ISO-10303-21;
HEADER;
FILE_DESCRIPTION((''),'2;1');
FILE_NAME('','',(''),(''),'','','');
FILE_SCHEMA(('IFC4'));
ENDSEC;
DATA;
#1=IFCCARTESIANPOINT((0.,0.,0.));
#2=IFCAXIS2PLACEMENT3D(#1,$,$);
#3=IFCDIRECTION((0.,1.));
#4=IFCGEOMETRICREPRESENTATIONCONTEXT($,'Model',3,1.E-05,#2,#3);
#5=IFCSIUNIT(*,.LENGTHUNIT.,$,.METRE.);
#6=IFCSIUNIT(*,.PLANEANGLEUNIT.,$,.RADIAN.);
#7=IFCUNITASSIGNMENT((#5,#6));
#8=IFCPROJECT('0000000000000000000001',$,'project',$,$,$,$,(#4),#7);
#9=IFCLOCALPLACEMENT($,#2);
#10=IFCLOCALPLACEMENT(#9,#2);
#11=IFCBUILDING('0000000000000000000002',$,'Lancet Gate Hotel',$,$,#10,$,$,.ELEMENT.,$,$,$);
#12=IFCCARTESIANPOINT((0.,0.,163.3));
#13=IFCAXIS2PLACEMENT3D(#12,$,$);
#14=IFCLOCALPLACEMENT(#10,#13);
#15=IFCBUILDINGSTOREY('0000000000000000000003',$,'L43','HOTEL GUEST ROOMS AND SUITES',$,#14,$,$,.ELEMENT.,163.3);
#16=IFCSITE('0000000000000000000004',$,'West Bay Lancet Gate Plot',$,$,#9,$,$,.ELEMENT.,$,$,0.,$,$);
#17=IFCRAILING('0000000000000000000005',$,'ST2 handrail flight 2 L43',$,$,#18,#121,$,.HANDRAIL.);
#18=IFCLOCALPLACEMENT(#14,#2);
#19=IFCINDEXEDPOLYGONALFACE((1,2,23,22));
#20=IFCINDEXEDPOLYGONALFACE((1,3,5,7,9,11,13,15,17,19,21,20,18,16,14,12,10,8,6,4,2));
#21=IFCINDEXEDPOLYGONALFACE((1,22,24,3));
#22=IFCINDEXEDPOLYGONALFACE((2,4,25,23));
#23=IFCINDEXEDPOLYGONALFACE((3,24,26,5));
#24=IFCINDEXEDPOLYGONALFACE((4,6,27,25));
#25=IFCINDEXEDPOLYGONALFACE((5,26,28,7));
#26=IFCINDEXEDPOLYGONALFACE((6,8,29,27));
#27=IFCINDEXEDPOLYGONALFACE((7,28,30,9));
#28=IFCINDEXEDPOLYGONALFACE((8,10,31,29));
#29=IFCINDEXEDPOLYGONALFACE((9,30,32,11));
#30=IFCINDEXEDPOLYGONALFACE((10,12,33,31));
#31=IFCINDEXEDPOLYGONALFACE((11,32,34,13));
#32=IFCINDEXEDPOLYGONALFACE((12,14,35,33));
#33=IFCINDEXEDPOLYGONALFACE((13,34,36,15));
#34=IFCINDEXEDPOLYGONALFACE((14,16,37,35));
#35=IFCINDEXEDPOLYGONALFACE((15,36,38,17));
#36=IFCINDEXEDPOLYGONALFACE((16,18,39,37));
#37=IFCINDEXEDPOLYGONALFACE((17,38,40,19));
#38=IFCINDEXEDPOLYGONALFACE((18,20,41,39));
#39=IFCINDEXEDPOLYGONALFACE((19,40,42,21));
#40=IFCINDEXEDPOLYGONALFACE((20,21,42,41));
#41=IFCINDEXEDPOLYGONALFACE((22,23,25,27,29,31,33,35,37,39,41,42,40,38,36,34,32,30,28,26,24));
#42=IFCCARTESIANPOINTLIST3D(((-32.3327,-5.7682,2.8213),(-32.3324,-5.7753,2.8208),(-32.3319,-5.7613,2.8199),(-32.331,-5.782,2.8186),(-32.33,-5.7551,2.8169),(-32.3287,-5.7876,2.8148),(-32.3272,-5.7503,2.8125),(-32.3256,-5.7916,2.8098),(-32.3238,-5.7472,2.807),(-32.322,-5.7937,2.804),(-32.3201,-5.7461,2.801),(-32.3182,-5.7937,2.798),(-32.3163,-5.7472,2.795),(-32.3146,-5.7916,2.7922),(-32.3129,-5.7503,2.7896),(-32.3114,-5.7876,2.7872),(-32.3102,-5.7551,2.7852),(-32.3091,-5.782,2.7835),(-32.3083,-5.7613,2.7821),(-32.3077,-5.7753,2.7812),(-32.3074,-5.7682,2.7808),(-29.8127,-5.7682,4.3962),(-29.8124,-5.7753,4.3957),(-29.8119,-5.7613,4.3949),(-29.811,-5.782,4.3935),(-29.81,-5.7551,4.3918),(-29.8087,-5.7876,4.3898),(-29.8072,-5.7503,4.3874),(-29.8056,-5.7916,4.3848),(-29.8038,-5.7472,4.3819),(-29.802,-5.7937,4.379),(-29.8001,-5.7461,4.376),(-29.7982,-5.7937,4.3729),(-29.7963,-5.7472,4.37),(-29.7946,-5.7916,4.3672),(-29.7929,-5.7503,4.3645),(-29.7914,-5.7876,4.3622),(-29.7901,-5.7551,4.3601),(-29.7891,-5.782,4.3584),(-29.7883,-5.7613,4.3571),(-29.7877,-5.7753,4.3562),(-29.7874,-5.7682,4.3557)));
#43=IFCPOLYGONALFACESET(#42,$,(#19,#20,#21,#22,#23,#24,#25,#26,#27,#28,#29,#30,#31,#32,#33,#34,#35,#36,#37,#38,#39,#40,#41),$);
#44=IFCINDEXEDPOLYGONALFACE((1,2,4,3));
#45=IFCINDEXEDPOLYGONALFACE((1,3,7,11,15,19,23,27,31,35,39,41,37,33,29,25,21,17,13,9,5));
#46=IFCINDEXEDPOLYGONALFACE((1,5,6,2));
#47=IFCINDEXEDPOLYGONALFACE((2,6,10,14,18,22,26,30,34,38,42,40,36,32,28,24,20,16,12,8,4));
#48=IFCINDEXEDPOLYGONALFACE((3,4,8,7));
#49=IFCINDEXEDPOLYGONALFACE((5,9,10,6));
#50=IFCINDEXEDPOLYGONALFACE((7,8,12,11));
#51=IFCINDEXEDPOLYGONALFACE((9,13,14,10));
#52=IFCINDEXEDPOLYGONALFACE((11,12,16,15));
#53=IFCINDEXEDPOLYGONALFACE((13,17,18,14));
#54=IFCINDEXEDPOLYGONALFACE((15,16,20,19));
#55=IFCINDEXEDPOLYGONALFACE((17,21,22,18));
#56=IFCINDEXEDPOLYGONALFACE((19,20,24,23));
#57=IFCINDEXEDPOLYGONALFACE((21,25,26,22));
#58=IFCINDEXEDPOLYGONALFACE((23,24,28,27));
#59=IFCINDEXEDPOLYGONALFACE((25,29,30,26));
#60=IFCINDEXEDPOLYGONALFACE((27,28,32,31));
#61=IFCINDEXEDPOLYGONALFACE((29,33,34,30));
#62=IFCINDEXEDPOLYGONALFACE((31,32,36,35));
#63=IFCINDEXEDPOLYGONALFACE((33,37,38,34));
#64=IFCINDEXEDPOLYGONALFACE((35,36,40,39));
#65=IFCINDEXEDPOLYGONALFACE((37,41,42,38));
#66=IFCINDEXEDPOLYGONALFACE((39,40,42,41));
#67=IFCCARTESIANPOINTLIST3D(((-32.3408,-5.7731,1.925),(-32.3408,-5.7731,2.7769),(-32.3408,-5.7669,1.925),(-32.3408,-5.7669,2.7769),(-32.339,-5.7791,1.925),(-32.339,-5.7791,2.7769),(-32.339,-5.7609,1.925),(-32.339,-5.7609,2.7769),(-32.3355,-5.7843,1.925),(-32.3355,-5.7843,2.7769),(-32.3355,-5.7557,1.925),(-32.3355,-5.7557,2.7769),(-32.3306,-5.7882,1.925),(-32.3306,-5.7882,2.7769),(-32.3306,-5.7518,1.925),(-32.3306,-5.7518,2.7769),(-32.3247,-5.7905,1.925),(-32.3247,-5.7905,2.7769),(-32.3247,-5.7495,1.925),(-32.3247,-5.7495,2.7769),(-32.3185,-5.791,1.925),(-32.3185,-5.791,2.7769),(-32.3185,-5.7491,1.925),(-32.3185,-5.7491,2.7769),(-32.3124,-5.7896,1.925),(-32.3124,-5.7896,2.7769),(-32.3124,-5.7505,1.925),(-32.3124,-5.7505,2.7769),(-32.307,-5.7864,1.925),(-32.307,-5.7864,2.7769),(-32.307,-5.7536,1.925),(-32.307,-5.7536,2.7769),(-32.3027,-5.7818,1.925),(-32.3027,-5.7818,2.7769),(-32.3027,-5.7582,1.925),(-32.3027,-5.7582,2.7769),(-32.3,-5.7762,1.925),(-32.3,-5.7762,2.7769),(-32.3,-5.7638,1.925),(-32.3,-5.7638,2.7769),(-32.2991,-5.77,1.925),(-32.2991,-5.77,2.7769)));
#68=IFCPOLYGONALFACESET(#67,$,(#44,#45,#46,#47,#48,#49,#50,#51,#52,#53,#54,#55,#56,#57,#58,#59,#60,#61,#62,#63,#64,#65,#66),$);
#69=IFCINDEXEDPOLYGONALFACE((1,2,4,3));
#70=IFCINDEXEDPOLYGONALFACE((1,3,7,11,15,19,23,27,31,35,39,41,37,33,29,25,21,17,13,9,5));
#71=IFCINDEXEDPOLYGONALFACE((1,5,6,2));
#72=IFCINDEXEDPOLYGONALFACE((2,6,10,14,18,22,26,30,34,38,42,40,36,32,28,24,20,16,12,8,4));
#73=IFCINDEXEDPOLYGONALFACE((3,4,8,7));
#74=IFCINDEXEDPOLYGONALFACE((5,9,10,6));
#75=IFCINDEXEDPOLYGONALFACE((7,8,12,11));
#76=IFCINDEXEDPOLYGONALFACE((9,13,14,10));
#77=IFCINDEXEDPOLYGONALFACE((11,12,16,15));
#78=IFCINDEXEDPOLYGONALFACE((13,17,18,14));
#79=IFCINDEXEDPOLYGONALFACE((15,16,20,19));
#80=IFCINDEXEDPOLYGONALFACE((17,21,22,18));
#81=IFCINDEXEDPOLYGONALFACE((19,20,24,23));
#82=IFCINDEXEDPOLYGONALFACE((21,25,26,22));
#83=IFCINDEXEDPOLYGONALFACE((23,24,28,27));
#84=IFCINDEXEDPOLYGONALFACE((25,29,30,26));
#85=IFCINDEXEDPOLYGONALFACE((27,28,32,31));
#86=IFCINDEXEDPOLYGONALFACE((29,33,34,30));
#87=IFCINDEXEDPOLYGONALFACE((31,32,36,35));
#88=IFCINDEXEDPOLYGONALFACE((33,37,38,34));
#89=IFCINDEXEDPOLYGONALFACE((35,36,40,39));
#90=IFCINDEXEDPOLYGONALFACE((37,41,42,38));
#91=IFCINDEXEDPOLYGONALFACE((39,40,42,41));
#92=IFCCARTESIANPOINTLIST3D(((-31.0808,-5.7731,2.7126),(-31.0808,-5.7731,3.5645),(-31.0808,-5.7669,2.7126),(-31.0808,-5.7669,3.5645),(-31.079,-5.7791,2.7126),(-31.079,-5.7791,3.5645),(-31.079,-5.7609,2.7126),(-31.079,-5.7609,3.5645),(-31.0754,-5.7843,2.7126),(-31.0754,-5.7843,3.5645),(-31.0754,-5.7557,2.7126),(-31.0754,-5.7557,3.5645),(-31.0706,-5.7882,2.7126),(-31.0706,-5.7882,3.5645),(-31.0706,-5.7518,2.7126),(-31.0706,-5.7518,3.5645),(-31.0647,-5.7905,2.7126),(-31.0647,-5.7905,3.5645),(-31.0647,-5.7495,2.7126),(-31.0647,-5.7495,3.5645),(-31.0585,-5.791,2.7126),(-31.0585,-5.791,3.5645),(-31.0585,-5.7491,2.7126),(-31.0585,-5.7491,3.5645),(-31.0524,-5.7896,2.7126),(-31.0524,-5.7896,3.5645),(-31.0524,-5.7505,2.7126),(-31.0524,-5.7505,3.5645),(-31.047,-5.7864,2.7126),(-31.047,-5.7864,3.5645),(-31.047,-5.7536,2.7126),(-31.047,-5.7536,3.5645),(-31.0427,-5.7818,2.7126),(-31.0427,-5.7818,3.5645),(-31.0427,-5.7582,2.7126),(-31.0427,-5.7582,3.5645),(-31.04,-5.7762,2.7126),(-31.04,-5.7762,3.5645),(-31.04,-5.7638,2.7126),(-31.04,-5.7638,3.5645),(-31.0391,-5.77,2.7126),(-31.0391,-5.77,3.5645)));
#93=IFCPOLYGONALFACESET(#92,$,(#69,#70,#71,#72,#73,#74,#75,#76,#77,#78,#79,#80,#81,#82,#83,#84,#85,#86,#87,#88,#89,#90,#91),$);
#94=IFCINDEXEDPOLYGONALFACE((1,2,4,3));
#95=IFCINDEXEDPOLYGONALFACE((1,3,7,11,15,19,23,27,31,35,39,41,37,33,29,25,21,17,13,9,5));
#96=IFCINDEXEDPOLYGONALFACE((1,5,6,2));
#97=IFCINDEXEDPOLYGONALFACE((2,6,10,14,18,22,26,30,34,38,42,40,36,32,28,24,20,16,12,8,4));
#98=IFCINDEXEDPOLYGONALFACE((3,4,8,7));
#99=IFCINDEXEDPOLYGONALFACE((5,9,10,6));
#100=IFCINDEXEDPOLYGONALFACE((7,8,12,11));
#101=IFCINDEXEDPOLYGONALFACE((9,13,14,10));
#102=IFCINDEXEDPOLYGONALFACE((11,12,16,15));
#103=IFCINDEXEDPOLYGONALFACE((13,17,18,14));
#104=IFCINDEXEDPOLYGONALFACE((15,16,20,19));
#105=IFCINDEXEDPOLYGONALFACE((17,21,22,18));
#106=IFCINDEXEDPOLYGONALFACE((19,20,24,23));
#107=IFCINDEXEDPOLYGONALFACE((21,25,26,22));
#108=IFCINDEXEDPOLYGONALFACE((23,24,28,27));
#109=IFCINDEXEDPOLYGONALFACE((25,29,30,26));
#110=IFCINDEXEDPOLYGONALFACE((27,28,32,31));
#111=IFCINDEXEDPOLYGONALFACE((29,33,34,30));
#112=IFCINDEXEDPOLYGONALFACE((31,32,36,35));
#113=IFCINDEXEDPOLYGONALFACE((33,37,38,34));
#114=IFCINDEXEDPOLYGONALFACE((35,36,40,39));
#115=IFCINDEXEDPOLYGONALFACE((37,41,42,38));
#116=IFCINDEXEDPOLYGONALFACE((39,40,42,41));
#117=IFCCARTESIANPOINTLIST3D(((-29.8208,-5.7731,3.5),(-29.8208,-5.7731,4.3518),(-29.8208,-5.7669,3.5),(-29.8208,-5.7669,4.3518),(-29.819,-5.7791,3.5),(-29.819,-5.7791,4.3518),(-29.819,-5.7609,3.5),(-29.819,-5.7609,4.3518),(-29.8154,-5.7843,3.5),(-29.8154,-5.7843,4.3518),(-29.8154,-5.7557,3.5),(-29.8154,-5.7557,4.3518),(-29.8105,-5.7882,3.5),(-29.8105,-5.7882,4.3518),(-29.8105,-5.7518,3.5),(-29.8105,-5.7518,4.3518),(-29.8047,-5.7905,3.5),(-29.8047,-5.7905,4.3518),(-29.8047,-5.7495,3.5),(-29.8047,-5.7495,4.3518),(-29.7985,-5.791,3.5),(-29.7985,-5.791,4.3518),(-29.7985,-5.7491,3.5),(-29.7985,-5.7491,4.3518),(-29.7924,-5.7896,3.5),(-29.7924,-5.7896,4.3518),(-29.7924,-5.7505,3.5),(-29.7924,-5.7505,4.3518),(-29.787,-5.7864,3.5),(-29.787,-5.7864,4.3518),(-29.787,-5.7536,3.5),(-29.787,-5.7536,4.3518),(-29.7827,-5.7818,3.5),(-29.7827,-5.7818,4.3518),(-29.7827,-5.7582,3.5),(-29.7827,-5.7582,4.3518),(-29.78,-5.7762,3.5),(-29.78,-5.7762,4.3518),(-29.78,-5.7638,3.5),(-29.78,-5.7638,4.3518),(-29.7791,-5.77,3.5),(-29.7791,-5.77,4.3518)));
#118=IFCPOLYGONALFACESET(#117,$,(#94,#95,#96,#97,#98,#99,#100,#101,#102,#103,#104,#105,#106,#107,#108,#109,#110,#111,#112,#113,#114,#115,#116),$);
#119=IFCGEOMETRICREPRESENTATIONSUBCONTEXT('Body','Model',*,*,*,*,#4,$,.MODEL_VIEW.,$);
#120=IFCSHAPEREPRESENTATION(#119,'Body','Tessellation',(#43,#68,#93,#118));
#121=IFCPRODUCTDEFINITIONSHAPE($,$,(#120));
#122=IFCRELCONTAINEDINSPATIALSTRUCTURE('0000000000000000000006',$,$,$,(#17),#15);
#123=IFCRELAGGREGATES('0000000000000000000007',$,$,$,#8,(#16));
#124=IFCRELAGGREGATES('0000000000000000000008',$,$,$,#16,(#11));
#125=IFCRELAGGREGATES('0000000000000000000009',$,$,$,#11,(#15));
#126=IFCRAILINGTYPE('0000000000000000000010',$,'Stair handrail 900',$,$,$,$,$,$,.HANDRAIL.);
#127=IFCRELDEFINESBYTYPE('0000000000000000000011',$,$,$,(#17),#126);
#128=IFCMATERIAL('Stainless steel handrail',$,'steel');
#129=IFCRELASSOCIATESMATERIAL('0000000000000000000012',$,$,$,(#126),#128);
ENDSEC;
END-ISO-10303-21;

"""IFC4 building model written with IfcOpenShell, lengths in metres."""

from ifc_helpers import new_model, si_unit, direction, frame, origin, origin_2d, place, context, subcontext, project, spatial, circle, extrude, material, type_object, element, save


model = new_model("IFC4")

# Units and contexts
model_context = context("Model", 3, precision=1e-05, world=origin(), true_north=direction((0.0, 1.0)))
body_context = subcontext(model_context, "Body", "Model", "MODEL_VIEW")
ifc_project = project(units=[si_unit("LENGTHUNIT", "METRE"), si_unit("PLANEANGLEUNIT", "RADIAN")], contexts=[model_context])

# Site, building, storey
site_placement = place(None, origin())
site = spatial("IfcSite", under=ifc_project, at=site_placement, Name="West Bay Lancet Gate Plot", CompositionType="ELEMENT", RefElevation=0.0)
building_placement = place(site_placement, origin())
building = spatial("IfcBuilding", under=site, at=building_placement, Name="Lancet Gate Hotel", CompositionType="ELEMENT")
storey_placement = place(building_placement, frame((0.0, 0.0, 163.3)))
storey = spatial("IfcBuildingStorey", under=building, at=storey_placement, Name="L43", Description="HOTEL GUEST ROOMS AND SUITES", CompositionType="ELEMENT", Elevation=163.3)

# Railing
ifc_material_1 = material(Name="Stainless steel handrail", Category="steel")
railing_type = type_object("IfcRailingType", Name="Stair handrail 900", PredefinedType="HANDRAIL", material=ifc_material_1)
railing_1_placement = place(storey_placement, frame((-32.3201, -5.77, 1.925)))
element("IfcRailing", 1, at=railing_1_placement, inside=storey, type_object=railing_type, Name="ST2 handrail flight 2 L43", PredefinedType="HANDRAIL", context=body_context, shape_type="SweptSolid", body=[
    extrude(circle(Radius=0.0239, at=origin_2d()), frame((0.0, 0.0, 0.876), z_axis=(0.848008, 0.0, 0.529984), x_axis=(0.0, 1.0, 0.0)), (0.0, 0.0, 1.0), 2.9717),
    extrude(circle(Radius=0.021, at=origin_2d()), origin(), (0.0, 0.0, 1.0), 0.8518),
    extrude(circle(Radius=0.021, at=origin_2d()), frame((1.26, 0.0, 0.7876)), (0.0, 0.0, 1.0), 0.8518),
    extrude(circle(Radius=0.021, at=origin_2d()), frame((2.52, 0.0, 1.575)), (0.0, 0.0, 1.0), 0.8518),
])

save(model, "model.ifc")
